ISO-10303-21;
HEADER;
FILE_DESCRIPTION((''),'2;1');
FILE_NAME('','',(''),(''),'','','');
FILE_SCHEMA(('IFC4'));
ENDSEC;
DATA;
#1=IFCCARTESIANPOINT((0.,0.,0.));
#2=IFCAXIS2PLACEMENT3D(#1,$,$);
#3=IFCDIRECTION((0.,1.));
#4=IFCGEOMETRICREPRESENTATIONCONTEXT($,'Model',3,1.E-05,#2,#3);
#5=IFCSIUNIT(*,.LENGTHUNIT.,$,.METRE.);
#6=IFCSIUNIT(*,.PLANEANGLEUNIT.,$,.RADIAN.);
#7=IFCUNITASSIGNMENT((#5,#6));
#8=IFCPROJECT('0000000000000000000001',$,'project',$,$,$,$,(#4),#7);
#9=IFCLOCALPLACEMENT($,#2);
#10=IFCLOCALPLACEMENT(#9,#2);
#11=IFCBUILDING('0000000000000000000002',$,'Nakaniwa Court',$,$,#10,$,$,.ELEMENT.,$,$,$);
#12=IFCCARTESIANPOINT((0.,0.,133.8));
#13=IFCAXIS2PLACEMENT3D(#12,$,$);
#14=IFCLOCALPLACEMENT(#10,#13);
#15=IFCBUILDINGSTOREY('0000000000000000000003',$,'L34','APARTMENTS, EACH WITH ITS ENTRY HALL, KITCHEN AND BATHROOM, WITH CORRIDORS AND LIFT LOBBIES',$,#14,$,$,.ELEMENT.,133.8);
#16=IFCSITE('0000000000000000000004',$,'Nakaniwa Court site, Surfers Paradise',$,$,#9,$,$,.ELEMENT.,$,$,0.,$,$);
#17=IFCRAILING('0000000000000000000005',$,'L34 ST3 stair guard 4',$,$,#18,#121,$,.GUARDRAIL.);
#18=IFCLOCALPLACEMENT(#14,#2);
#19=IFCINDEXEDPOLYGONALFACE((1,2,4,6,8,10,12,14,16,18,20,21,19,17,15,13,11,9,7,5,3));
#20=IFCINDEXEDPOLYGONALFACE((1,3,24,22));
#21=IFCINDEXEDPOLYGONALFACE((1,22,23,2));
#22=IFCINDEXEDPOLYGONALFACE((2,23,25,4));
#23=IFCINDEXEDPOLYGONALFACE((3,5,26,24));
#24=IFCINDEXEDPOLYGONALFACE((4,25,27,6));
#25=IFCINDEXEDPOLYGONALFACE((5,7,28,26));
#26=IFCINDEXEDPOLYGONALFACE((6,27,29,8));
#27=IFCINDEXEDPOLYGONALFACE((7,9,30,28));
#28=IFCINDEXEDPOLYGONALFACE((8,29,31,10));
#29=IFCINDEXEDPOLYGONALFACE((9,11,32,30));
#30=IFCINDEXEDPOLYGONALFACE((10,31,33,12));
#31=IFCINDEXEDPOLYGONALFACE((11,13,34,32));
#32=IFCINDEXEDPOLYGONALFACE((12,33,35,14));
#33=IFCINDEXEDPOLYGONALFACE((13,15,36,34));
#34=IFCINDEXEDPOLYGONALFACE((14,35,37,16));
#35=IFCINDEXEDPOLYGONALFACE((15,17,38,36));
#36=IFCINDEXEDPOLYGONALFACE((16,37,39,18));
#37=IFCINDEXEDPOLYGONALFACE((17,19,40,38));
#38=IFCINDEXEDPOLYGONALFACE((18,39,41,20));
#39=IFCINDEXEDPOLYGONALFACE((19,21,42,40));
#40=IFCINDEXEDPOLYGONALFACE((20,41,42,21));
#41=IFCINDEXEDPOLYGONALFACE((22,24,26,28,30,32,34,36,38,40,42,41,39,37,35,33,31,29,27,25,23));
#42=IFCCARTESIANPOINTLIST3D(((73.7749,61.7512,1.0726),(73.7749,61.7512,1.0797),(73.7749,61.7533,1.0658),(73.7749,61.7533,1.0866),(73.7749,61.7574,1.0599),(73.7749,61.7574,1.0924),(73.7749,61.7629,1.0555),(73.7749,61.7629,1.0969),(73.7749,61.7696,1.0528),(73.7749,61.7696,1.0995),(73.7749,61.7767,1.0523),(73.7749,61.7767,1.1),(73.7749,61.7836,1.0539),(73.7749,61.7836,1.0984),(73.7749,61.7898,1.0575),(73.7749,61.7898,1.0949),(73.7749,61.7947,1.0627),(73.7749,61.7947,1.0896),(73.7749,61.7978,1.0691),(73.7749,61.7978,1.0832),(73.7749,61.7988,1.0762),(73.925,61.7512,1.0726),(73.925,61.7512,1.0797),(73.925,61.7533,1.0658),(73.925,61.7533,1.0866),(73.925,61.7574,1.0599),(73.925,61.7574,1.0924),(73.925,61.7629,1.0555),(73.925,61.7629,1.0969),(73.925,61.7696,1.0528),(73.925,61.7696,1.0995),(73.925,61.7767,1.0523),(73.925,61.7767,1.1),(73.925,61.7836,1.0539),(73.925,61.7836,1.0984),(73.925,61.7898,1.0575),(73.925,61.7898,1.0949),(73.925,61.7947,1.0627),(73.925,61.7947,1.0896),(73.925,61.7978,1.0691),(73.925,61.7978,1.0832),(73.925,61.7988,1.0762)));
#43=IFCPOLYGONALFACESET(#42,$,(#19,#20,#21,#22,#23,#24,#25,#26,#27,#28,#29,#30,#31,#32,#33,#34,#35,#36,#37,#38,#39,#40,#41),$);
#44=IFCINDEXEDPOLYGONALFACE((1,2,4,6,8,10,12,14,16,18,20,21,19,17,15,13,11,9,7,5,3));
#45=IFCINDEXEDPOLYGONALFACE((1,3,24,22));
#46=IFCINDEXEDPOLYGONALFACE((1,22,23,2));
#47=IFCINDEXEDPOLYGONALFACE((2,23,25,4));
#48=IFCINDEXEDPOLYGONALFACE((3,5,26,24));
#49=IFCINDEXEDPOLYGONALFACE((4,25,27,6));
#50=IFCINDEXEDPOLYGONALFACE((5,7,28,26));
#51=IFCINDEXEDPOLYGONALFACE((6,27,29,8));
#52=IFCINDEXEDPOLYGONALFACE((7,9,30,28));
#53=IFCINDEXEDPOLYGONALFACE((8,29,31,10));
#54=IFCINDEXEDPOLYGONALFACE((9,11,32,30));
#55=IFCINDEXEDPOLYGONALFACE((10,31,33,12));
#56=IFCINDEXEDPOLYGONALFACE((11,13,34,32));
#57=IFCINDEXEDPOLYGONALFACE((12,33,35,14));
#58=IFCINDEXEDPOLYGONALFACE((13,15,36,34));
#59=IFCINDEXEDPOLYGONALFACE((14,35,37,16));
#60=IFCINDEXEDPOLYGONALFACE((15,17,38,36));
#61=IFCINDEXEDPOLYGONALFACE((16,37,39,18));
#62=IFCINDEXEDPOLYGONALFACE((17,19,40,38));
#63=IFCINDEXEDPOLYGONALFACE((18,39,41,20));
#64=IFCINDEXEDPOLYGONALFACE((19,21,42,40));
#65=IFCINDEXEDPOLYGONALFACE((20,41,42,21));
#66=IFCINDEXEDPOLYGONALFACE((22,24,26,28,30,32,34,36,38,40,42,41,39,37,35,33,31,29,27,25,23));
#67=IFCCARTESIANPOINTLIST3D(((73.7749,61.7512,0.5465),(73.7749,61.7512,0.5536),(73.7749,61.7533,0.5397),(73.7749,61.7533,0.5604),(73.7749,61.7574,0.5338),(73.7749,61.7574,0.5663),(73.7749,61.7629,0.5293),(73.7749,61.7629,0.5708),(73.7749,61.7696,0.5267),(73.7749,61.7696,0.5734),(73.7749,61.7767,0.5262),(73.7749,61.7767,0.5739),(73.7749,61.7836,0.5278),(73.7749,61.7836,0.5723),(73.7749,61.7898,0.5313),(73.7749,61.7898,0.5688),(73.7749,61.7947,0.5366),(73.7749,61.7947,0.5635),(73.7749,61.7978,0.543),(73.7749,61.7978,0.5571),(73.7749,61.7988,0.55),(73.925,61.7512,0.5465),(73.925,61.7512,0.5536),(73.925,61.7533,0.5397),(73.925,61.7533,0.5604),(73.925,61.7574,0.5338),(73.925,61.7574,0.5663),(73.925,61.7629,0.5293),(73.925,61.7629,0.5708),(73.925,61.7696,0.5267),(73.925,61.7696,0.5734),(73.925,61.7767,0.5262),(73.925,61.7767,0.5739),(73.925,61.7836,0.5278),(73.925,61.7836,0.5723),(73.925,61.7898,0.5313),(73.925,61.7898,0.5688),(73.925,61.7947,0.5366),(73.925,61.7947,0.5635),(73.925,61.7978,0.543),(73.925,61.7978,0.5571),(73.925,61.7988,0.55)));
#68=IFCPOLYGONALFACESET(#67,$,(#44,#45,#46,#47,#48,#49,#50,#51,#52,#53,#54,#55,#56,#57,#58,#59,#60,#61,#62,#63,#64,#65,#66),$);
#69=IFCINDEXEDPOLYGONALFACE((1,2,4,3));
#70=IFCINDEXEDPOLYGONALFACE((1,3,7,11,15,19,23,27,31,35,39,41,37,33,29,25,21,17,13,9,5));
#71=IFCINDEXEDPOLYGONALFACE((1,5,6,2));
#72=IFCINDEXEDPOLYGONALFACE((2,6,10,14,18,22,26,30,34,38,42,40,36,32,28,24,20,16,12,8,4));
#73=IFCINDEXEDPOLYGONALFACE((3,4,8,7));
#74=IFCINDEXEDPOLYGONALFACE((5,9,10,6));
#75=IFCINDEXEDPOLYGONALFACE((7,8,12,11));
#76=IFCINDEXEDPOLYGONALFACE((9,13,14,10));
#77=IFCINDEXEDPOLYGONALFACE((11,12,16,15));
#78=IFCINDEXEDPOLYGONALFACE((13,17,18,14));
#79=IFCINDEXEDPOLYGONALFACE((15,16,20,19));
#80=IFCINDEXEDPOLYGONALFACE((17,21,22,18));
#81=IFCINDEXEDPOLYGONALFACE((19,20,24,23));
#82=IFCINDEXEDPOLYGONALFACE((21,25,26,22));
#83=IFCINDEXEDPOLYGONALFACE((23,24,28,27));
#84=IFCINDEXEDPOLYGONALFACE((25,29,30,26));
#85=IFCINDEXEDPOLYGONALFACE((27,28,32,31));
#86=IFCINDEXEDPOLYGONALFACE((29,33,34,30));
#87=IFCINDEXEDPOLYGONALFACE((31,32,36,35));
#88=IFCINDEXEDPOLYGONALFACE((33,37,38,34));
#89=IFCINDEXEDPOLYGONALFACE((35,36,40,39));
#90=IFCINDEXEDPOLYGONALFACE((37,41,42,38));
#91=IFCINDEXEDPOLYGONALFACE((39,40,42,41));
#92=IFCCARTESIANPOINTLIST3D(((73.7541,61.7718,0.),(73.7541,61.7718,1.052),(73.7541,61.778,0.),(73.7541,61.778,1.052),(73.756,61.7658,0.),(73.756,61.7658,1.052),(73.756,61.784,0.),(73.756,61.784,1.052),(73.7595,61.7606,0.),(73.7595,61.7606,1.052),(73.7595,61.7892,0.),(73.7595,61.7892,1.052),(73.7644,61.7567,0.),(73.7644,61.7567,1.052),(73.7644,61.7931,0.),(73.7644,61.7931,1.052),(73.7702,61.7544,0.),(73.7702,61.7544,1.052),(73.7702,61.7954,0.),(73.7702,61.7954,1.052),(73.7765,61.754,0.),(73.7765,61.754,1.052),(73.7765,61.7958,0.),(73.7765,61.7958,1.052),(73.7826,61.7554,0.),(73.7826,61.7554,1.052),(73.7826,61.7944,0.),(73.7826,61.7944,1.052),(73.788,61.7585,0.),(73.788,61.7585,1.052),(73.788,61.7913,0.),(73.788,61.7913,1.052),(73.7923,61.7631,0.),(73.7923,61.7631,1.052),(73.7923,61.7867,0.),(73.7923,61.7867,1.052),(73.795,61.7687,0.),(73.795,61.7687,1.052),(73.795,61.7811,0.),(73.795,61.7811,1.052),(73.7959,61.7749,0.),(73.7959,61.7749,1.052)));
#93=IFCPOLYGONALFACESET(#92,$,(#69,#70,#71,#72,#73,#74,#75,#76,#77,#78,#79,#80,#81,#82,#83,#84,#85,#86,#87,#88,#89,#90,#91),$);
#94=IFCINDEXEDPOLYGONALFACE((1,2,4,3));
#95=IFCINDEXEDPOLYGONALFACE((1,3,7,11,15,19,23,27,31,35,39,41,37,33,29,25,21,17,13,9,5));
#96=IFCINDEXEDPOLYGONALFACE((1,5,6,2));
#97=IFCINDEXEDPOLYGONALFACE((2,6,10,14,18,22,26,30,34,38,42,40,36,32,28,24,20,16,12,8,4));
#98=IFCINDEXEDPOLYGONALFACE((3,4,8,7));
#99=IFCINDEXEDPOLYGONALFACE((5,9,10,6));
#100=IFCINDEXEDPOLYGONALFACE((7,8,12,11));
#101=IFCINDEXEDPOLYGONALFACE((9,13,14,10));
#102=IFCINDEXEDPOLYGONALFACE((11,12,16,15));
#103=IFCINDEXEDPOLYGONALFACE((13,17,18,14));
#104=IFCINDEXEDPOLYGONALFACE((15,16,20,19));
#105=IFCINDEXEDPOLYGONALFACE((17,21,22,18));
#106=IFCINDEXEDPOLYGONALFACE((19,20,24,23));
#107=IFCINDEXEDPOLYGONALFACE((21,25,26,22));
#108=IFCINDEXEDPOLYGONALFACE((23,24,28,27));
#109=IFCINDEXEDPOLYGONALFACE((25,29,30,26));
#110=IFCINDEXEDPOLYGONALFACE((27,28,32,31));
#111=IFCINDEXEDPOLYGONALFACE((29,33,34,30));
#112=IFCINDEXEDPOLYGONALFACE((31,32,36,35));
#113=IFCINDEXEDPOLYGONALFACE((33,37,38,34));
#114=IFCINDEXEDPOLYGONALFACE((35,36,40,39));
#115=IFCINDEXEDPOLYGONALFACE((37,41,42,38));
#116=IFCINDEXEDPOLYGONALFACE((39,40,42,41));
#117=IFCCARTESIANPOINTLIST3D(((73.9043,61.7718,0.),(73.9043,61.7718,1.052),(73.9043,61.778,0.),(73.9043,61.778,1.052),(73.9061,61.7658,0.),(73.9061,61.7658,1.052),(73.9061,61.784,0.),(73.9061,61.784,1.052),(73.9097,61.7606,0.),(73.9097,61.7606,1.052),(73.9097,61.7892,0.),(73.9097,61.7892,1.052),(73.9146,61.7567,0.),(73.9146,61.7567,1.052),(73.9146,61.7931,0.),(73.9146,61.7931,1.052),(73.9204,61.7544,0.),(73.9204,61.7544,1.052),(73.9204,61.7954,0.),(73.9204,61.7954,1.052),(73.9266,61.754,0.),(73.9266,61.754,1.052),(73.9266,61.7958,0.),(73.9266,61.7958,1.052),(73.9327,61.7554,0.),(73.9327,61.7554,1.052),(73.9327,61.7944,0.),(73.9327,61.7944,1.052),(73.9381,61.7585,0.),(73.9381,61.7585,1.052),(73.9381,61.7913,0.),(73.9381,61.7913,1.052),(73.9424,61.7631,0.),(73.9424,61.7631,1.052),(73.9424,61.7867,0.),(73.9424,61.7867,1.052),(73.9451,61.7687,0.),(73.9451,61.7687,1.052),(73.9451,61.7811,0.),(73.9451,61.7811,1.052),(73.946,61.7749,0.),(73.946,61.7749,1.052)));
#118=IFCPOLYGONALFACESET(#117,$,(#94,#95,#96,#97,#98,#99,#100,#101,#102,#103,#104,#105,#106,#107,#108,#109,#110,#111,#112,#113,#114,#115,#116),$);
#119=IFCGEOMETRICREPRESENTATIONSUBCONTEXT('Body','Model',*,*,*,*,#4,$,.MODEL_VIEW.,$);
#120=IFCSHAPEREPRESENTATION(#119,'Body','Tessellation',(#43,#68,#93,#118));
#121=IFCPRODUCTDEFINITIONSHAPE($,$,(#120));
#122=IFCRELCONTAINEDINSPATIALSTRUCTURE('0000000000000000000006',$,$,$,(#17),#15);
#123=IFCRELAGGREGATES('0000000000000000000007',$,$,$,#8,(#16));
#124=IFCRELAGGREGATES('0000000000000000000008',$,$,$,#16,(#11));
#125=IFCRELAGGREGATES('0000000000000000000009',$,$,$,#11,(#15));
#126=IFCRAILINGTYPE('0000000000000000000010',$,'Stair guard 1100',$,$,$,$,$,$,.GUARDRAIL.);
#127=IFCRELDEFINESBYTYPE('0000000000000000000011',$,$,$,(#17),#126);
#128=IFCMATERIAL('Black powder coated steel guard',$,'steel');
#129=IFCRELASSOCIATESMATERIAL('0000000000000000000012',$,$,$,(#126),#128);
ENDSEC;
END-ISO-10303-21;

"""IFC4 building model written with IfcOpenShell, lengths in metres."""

from ifc_helpers import new_model, si_unit, direction, frame, origin, origin_2d, place, context, subcontext, project, spatial, circle, extrude, material, type_object, element, save


model = new_model("IFC4")

# Units and contexts
model_context = context("Model", 3, precision=1e-05, world=origin(), true_north=direction((0.0, 1.0)))
body_context = subcontext(model_context, "Body", "Model", "MODEL_VIEW")
ifc_project = project(units=[si_unit("LENGTHUNIT", "METRE"), si_unit("PLANEANGLEUNIT", "RADIAN")], contexts=[model_context])

# Site, building, storey
site_placement = place(None, origin())
site = spatial("IfcSite", under=ifc_project, at=site_placement, Name="Nakaniwa Court site, Surfers Paradise", CompositionType="ELEMENT", RefElevation=0.0)
building_placement = place(site_placement, origin())
building = spatial("IfcBuilding", under=site, at=building_placement, Name="Nakaniwa Court", CompositionType="ELEMENT")
storey_placement = place(building_placement, frame((0.0, 0.0, 133.8)))
storey = spatial("IfcBuildingStorey", under=building, at=storey_placement, Name="L34", Description="APARTMENTS, EACH WITH ITS ENTRY HALL, KITCHEN AND BATHROOM, WITH CORRIDORS AND LIFT LOBBIES", CompositionType="ELEMENT", Elevation=133.8)

# Railing
ifc_material_1 = material(Name="Black powder coated steel guard", Category="steel")
railing_type_1 = type_object("IfcRailingType", Name="Stair guard 1100", PredefinedType="GUARDRAIL", material=ifc_material_1)
railing_1_placement = place(storey_placement, frame((73.7749, 61.7749, 0.0)))
element("IfcRailing", 1, at=railing_1_placement, inside=storey, type_object=railing_type_1, Name="L34 ST3 stair guard 4", PredefinedType="GUARDRAIL", context=body_context, shape_type="SweptSolid", body=[
    extrude(circle(Radius=0.0239, at=origin_2d()), frame((0.0, 0.0, 1.0762), z_axis=(1.0, 0.0, 0.0), x_axis=(0.0, 1.0, 0.0)), (0.0, 0.0, 1.0), 0.1501),
    extrude(circle(Radius=0.0239, at=origin_2d()), frame((0.0, 0.0, 0.55), z_axis=(1.0, 0.0, 0.0), x_axis=(0.0, 1.0, 0.0)), (0.0, 0.0, 1.0), 0.1501),
    extrude(circle(Radius=0.021, at=origin_2d()), origin(), (0.0, 0.0, 1.0), 1.052),
    extrude(circle(Radius=0.021, at=origin_2d()), frame((0.1501, 0.0, 0.0)), (0.0, 0.0, 1.0), 1.052),
])

save(model, "model.ifc")
